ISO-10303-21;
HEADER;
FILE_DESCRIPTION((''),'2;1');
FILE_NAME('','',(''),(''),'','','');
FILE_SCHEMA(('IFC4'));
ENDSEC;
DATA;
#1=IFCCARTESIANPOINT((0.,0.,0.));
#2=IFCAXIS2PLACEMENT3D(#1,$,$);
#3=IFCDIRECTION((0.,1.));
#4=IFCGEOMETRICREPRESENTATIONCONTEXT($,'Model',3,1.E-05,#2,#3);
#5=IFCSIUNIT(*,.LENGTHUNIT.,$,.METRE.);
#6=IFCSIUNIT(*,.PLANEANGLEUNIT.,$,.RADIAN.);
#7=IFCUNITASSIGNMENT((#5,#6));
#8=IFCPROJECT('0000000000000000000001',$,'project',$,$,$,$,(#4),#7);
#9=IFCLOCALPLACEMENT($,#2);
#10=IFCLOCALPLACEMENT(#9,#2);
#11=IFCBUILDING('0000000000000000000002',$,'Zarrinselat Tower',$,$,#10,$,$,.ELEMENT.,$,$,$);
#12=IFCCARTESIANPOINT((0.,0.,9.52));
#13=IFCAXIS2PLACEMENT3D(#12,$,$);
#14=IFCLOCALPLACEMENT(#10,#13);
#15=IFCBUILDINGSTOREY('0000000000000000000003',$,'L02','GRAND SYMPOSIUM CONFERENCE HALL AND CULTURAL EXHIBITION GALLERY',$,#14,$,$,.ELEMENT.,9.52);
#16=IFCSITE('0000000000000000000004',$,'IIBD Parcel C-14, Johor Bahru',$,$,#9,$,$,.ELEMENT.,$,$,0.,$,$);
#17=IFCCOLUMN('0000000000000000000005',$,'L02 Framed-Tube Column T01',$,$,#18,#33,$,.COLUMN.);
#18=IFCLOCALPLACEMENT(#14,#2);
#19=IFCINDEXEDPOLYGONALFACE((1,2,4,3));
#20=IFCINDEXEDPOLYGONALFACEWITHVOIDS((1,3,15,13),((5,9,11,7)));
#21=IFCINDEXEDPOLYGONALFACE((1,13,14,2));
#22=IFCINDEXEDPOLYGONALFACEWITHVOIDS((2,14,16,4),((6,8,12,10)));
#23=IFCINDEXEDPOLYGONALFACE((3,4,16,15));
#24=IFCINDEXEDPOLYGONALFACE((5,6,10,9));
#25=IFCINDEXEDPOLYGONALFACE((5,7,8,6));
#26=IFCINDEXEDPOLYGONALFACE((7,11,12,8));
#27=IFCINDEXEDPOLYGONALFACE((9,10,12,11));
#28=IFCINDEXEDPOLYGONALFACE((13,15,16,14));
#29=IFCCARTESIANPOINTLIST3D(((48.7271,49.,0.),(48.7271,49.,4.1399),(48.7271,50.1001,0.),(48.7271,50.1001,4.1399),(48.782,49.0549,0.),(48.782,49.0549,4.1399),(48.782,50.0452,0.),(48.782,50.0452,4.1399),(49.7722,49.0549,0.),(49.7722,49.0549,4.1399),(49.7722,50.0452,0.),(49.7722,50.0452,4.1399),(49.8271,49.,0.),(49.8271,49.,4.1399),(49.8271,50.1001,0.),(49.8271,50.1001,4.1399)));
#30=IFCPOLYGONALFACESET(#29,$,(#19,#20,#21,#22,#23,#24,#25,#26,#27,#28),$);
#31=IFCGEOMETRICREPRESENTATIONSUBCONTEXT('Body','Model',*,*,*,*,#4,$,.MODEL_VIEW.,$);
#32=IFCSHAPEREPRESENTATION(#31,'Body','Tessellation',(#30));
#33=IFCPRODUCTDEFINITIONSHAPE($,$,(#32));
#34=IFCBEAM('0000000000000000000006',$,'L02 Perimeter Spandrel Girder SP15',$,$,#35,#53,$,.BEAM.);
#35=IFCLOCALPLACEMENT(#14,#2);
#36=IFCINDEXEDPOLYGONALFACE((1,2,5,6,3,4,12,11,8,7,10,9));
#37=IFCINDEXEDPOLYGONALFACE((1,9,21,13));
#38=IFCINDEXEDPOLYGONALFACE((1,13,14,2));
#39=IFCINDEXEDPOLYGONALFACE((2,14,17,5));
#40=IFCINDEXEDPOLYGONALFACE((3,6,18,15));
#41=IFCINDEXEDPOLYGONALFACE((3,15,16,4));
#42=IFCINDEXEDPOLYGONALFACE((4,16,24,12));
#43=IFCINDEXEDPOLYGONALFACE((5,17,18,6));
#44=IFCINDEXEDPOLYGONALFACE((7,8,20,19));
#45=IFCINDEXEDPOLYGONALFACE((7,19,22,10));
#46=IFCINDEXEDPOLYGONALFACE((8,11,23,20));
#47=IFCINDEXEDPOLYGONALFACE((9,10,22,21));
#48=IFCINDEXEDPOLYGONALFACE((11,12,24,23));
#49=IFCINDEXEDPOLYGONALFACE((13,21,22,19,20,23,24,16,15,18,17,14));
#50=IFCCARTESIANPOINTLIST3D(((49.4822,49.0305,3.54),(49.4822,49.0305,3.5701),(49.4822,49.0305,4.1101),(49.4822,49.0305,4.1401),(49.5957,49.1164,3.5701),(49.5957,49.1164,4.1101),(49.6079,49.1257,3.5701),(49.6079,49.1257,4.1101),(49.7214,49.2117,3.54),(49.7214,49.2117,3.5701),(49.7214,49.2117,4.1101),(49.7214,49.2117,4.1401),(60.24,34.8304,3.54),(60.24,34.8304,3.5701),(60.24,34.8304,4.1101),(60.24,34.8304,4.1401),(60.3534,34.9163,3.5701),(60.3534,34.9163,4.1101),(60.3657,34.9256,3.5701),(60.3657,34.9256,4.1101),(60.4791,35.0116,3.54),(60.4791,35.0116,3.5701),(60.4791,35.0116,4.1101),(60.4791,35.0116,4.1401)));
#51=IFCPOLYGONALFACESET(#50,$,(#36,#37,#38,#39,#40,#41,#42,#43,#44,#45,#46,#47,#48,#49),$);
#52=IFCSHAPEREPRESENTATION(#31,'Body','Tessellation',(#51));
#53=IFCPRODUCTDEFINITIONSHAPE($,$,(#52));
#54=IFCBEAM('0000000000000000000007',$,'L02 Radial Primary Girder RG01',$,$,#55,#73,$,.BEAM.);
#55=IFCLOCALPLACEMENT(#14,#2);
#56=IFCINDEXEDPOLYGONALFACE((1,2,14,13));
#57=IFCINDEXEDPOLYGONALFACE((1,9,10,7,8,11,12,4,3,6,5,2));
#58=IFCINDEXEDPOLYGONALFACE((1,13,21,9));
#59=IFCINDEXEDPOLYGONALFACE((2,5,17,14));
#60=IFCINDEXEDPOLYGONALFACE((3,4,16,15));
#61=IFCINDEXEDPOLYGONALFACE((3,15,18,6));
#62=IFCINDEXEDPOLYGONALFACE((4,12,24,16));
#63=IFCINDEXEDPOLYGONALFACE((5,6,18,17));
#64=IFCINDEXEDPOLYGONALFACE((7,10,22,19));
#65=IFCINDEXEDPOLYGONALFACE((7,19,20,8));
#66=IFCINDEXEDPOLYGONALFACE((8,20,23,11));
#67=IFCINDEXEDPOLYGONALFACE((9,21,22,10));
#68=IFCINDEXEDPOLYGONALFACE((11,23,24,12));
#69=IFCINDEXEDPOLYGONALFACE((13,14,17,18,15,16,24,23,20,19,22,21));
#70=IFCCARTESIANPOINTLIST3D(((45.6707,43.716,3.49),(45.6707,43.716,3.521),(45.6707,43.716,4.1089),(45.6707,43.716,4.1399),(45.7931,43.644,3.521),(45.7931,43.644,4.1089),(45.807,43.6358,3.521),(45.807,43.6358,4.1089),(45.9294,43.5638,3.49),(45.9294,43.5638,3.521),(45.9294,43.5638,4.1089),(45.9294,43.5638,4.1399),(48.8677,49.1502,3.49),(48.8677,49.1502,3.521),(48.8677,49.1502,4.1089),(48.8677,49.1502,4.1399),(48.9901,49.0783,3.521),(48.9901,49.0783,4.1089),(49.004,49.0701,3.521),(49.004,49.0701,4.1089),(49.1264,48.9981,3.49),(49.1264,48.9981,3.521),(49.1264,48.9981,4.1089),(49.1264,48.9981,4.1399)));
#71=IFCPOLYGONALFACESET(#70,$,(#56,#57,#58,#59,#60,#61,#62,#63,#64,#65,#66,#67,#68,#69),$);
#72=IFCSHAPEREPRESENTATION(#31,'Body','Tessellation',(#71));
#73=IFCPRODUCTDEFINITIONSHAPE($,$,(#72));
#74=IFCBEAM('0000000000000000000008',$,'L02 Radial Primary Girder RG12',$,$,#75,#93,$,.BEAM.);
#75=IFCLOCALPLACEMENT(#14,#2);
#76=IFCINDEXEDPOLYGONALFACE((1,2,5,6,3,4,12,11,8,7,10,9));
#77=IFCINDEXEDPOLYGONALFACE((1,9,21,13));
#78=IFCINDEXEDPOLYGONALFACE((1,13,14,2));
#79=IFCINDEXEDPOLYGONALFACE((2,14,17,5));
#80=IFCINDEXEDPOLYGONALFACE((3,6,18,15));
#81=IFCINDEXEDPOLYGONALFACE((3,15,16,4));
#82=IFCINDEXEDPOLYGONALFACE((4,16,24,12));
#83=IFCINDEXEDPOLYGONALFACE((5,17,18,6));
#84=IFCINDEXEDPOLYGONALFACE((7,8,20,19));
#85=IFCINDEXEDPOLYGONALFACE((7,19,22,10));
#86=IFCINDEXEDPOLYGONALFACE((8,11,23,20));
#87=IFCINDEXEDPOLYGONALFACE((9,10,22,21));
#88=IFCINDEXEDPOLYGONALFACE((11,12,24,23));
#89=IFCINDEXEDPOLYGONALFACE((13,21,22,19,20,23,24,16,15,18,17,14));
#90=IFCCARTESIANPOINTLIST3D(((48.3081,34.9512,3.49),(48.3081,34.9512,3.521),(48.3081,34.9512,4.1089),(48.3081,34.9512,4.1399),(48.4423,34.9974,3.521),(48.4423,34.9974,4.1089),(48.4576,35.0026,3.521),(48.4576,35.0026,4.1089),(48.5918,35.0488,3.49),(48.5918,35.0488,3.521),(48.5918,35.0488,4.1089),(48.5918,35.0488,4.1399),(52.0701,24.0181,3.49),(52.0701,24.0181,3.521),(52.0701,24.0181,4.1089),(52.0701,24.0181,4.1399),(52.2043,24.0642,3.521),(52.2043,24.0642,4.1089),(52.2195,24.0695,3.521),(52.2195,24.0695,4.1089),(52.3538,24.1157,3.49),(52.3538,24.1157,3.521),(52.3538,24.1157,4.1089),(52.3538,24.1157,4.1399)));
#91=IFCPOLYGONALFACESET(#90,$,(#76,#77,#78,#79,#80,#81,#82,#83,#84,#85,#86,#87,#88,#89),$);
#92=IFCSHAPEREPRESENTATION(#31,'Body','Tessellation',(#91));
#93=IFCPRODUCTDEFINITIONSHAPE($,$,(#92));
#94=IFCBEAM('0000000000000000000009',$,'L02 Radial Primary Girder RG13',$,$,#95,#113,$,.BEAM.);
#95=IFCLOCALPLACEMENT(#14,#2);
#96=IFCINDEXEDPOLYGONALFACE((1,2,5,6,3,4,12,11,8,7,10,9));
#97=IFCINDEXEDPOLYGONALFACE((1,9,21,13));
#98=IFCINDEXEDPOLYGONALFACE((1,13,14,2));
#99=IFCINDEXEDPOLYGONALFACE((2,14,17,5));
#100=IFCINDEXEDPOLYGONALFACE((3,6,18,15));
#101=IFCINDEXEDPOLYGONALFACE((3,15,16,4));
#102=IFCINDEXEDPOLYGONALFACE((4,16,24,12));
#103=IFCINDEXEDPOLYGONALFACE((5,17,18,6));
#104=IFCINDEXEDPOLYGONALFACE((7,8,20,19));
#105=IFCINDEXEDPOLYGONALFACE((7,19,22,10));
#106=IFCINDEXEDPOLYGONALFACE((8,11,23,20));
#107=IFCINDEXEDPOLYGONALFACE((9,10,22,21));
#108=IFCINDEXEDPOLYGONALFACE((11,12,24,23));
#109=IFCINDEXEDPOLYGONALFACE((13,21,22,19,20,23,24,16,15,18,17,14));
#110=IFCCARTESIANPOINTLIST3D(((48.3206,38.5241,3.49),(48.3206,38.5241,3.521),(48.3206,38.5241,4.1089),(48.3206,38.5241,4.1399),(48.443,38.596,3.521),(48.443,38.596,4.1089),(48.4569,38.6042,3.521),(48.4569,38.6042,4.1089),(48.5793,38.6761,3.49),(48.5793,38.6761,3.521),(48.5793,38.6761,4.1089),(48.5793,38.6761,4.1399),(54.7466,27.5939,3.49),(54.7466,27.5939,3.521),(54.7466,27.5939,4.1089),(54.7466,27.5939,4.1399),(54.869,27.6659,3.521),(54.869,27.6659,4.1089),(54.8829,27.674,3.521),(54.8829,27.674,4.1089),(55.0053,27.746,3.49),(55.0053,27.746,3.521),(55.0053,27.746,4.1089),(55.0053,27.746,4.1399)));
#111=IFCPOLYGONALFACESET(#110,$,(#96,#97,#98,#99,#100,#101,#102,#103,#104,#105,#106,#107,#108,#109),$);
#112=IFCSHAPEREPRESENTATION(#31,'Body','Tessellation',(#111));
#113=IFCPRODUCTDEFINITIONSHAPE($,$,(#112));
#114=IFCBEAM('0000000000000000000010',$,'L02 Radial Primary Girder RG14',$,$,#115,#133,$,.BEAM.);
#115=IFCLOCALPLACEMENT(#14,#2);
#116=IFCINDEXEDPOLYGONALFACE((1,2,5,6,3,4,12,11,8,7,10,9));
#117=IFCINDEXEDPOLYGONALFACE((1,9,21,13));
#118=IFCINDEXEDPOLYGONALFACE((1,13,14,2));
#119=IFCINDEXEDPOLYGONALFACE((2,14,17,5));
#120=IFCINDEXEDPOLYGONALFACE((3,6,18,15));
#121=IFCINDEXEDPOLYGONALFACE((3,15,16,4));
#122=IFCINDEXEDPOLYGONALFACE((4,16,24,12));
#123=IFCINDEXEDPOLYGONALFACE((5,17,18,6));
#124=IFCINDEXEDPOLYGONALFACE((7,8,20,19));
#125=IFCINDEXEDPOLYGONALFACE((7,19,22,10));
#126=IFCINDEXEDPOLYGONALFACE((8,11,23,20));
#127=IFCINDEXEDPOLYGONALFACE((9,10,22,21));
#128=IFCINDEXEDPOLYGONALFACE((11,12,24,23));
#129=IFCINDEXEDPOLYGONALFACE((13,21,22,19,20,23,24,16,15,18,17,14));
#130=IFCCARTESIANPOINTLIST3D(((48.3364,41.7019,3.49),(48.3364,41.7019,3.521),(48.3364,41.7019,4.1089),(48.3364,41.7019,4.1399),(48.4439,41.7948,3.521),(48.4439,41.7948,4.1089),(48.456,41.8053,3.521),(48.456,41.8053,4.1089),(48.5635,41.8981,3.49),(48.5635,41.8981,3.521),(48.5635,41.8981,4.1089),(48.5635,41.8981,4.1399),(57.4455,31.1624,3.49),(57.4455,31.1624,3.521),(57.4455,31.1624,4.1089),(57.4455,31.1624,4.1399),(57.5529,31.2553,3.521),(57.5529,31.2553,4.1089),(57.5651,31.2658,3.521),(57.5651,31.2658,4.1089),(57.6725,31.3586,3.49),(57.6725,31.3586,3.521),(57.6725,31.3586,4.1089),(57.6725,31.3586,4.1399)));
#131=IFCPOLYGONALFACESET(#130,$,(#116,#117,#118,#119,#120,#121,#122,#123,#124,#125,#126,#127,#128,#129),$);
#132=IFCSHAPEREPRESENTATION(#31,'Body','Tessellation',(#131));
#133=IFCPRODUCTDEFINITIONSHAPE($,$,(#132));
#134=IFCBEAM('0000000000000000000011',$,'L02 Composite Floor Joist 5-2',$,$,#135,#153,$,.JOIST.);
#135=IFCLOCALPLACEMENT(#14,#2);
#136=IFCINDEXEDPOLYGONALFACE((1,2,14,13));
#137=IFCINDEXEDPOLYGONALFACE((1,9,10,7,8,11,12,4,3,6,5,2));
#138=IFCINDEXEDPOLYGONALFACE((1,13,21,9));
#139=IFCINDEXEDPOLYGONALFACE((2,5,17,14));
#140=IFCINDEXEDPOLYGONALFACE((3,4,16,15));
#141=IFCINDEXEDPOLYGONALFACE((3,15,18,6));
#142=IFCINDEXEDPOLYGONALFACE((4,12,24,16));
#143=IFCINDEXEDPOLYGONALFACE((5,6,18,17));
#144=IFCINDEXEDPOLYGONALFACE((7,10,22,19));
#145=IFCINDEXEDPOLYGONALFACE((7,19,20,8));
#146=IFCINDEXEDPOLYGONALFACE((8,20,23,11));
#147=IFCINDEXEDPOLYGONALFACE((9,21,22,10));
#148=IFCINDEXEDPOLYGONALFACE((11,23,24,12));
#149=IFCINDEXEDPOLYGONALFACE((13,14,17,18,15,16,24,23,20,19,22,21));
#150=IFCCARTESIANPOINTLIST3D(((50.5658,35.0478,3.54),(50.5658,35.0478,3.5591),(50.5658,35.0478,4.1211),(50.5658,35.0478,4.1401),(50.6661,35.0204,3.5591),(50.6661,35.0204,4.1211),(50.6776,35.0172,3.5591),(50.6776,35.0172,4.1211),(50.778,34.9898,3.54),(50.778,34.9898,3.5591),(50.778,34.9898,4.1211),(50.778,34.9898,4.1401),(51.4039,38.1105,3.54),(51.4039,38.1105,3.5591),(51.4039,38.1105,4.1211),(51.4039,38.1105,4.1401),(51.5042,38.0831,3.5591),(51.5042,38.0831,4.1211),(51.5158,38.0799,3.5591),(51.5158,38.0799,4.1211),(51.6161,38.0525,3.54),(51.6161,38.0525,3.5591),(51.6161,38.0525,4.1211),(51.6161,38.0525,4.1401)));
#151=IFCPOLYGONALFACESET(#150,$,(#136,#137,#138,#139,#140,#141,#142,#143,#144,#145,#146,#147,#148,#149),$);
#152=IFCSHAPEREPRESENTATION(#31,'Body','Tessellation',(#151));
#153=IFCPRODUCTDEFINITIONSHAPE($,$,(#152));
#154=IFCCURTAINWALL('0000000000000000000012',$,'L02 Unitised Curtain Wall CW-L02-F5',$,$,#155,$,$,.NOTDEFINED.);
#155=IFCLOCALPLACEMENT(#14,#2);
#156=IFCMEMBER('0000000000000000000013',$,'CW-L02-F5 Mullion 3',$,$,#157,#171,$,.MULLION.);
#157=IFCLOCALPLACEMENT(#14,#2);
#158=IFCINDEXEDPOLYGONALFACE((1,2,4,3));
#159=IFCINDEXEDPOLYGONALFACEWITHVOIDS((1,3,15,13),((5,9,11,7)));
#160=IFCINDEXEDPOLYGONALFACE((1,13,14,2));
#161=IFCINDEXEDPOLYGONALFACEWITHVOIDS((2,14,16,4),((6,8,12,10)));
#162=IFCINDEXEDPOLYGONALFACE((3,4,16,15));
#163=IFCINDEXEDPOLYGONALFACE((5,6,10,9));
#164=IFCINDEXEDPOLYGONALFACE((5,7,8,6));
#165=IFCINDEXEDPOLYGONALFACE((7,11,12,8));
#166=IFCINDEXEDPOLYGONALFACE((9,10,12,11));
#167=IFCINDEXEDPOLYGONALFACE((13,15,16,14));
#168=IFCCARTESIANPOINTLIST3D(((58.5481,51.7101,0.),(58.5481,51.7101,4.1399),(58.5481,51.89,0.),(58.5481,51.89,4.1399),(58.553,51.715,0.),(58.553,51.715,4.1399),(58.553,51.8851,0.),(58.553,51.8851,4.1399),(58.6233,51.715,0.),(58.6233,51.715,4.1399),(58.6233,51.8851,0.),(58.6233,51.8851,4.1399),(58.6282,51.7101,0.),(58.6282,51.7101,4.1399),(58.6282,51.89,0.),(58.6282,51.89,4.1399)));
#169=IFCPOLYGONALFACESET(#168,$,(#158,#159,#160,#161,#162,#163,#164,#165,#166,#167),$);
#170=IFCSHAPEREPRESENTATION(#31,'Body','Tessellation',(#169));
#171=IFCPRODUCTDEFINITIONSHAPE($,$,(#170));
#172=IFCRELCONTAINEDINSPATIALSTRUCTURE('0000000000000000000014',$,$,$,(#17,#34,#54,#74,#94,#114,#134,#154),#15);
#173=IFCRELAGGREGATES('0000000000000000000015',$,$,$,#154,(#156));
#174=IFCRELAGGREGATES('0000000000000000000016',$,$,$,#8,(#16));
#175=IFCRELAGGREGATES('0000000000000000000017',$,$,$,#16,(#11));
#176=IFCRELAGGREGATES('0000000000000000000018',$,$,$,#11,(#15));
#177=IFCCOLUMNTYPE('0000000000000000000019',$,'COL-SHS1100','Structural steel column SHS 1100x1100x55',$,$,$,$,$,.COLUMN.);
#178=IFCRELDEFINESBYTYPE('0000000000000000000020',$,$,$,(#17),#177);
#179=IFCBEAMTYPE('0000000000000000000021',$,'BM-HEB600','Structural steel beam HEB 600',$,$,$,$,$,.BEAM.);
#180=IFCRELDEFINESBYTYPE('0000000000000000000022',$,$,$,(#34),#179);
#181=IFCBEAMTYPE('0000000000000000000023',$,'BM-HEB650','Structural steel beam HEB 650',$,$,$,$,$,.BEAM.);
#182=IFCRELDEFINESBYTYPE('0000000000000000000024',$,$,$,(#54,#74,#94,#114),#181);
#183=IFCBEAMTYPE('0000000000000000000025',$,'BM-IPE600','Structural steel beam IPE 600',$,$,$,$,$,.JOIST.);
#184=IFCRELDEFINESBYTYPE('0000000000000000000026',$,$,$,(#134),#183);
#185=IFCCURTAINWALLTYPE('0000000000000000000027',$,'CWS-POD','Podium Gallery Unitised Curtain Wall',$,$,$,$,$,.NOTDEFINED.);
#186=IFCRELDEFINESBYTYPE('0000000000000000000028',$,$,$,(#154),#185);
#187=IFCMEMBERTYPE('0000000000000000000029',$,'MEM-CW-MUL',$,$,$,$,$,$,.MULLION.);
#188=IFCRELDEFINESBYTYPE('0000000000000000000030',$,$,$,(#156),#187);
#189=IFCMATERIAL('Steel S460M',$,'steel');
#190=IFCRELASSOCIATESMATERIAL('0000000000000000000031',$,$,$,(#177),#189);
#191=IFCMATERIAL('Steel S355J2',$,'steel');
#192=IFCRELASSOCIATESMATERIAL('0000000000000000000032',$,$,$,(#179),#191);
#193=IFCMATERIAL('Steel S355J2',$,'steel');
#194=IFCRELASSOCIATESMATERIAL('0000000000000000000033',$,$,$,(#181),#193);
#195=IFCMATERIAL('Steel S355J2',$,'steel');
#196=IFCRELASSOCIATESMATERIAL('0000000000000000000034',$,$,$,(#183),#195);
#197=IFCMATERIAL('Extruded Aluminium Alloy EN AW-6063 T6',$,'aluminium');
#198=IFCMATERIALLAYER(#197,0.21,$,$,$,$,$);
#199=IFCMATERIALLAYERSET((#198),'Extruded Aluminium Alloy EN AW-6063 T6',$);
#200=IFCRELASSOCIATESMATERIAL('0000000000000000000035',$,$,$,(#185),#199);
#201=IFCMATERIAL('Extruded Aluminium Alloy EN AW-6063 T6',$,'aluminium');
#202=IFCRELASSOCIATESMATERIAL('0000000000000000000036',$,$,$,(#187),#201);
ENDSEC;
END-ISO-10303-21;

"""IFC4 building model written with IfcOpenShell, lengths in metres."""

from ifc_helpers import new_model, si_unit, direction, frame, origin, origin_2d, place, context, subcontext, project, spatial, hollow_rectangle, i_section, extrude, material, layer, layer_set, material_profile, profile_set, type_object, element, aggregate, save


model = new_model("IFC4")

# Units and contexts
model_context = context("Model", 3, precision=1e-05, world=origin(), true_north=direction((0.0, 1.0)))
body_context = subcontext(model_context, "Body", "Model", "MODEL_VIEW")
ifc_project = project(units=[si_unit("LENGTHUNIT", "METRE"), si_unit("PLANEANGLEUNIT", "RADIAN")], contexts=[model_context])

# Site, building, storey
site_placement = place(None, origin())
site = spatial("IfcSite", under=ifc_project, at=site_placement, Name="IIBD Parcel C-14, Johor Bahru", CompositionType="ELEMENT", RefElevation=0.0)
building_placement = place(site_placement, origin())
building = spatial("IfcBuilding", under=site, at=building_placement, Name="Zarrinselat Tower", CompositionType="ELEMENT")
storey_placement = place(building_placement, frame((0.0, 0.0, 9.52)))
storey = spatial("IfcBuildingStorey", under=building, at=storey_placement, Name="L02", Description="GRAND SYMPOSIUM CONFERENCE HALL AND CULTURAL EXHIBITION GALLERY", CompositionType="ELEMENT", Elevation=9.52)

# Column
ifc_material_1 = material(Name="Steel S460M", Category="steel")
ifc_material_profile_1 = material_profile(ifc_material_1, hollow_rectangle(XDim=1.1001, YDim=1.1001, WallThickness=0.0549, at=origin_2d()), Name="SHS 1100x1100x55")
ifc_profile_set_1 = profile_set([ifc_material_profile_1], Name="Steel S460M")
column_type = type_object("IfcColumnType", Name="COL-SHS1100", Description="Structural steel column SHS 1100x1100x55", PredefinedType="COLUMN", material=ifc_profile_set_1)
column_placement = place(storey_placement, frame((49.2771, 49.55, 0.0), z_axis=(0.0, 0.0, 1.0), x_axis=(1.0, 0.0, 0.0)))
element("IfcColumn", 1, at=column_placement, inside=storey, type_object=column_type, Name="L02 Framed-Tube Column T01", PredefinedType="COLUMN", context=body_context, shape_type="SweptSolid", body=[
    extrude(hollow_rectangle(XDim=1.1001, YDim=1.1001, WallThickness=0.0549, at=origin_2d()), origin(), (0.0, 0.0, 1.0), 4.1399),
])

# Beams
ifc_material_2 = material(Name="Steel S355J2", Category="steel")
ifc_material_profile_2 = material_profile(ifc_material_2, i_section(OverallWidth=0.3, OverallDepth=0.6001, WebThickness=0.0154, FlangeThickness=0.03, at=origin_2d()), Name="HEB 600")
ifc_profile_set_2 = profile_set([ifc_material_profile_2], Name="Steel S355J2")
beam_type_1 = type_object("IfcBeamType", Name="BM-HEB600", Description="Structural steel beam HEB 600", PredefinedType="BEAM", material=ifc_profile_set_2)
beam_1_placement = place(storey_placement, frame((49.6018, 49.1211, 3.8401), z_axis=(0.603861, -0.79709, 0.0), x_axis=(0.79709, 0.603861, 0.0)))
element("IfcBeam", 2, at=beam_1_placement, inside=storey, type_object=beam_type_1, Name="L02 Perimeter Spandrel Girder SP15", PredefinedType="BEAM", context=body_context, shape_type="SweptSolid", body=[
    extrude(i_section(OverallWidth=0.3, OverallDepth=0.6001, WebThickness=0.0154, FlangeThickness=0.03, at=origin_2d()), origin(), (0.0, 0.0, 1.0), 17.8149),
])
ifc_material_3 = material(Name="Steel S355J2", Category="steel")
ifc_material_profile_3 = material_profile(ifc_material_3, i_section(OverallWidth=0.3, OverallDepth=0.6499, WebThickness=0.0161, FlangeThickness=0.031, at=origin_2d()), Name="HEB 650")
ifc_profile_set_3 = profile_set([ifc_material_profile_3], Name="Steel S355J2")
beam_type_2 = type_object("IfcBeamType", Name="BM-HEB650", Description="Structural steel beam HEB 650", PredefinedType="BEAM", material=ifc_profile_set_3)
beam_2_placement = place(storey_placement, frame((45.8, 43.6399, 3.8149), z_axis=(0.507062, 0.861909, 0.0), x_axis=(-0.861909, 0.507062, 0.0)))
element("IfcBeam", 3, at=beam_2_placement, inside=storey, type_object=beam_type_2, Name="L02 Radial Primary Girder RG01", PredefinedType="BEAM", context=body_context, shape_type="SweptSolid", body=[
    extrude(i_section(OverallWidth=0.3, OverallDepth=0.6499, WebThickness=0.0161, FlangeThickness=0.031, at=origin_2d()), origin(), (0.0, 0.0, 1.0), 6.3049),
])
beam_3_placement = place(storey_placement, frame((48.45, 35.0, 3.8149), z_axis=(0.325367, -0.945588, 0.0), x_axis=(0.945588, 0.325367, 0.0)))
element("IfcBeam", 4, at=beam_3_placement, inside=storey, type_object=beam_type_2, Name="L02 Radial Primary Girder RG12", PredefinedType="BEAM", context=body_context, shape_type="SweptSolid", body=[
    extrude(i_section(OverallWidth=0.3, OverallDepth=0.6499, WebThickness=0.0161, FlangeThickness=0.031, at=origin_2d()), origin(), (0.0, 0.0, 1.0), 11.5623),
])
beam_4_placement = place(storey_placement, frame((48.45, 38.6001, 3.8149), z_axis=(0.506816, -0.862054, 0.0), x_axis=(0.862054, 0.506816, 0.0)))
element("IfcBeam", 5, at=beam_4_placement, inside=storey, type_object=beam_type_2, Name="L02 Radial Primary Girder RG13", PredefinedType="BEAM", context=body_context, shape_type="SweptSolid", body=[
    extrude(i_section(OverallWidth=0.3, OverallDepth=0.6499, WebThickness=0.0161, FlangeThickness=0.031, at=origin_2d()), origin(), (0.0, 0.0, 1.0), 12.6792),
])
beam_5_placement = place(storey_placement, frame((48.45, 41.8, 3.8149), z_axis=(0.653899, -0.756582, 0.0), x_axis=(0.756582, 0.653899, 0.0)))
element("IfcBeam", 6, at=beam_5_placement, inside=storey, type_object=beam_type_2, Name="L02 Radial Primary Girder RG14", PredefinedType="BEAM", context=body_context, shape_type="SweptSolid", body=[
    extrude(i_section(OverallWidth=0.3, OverallDepth=0.6499, WebThickness=0.0161, FlangeThickness=0.031, at=origin_2d()), origin(), (0.0, 0.0, 1.0), 13.9304),
])
ifc_material_4 = material(Name="Steel S355J2", Category="steel")
ifc_material_profile_4 = material_profile(ifc_material_4, i_section(OverallWidth=0.22, OverallDepth=0.6001, WebThickness=0.012, FlangeThickness=0.019, at=origin_2d()), Name="IPE 600")
ifc_profile_set_4 = profile_set([ifc_material_profile_4], Name="Steel S355J2")
beam_type_3 = type_object("IfcBeamType", Name="BM-IPE600", Description="Structural steel beam IPE 600", PredefinedType="JOIST", material=ifc_profile_set_4)
beam_6_placement = place(storey_placement, frame((50.6719, 35.0188, 3.8401), z_axis=(0.26395, 0.964536, 0.0), x_axis=(-0.964536, 0.26395, 0.0)))
element("IfcBeam", 7, at=beam_6_placement, inside=storey, type_object=beam_type_3, Name="L02 Composite Floor Joist 5-2", PredefinedType="JOIST", context=body_context, shape_type="SweptSolid", body=[
    extrude(i_section(OverallWidth=0.22, OverallDepth=0.6001, WebThickness=0.012, FlangeThickness=0.019, at=origin_2d()), origin(), (0.0, 0.0, 1.0), 3.1753),
])

# Curtain wall, member
ifc_material_5 = material(Name="Extruded Aluminium Alloy EN AW-6063 T6", Category="aluminium")
ifc_layer_1 = layer(ifc_material_5, 0.21)
ifc_layer_set_1 = layer_set([ifc_layer_1], Name="Extruded Aluminium Alloy EN AW-6063 T6")
curtain_wall_type = type_object("IfcCurtainWallType", Name="CWS-POD", Description="Podium Gallery Unitised Curtain Wall", PredefinedType="NOTDEFINED", material=ifc_layer_set_1)
curtain_wall_placement = place(storey_placement, origin())
curtain_wall = element("IfcCurtainWall", 8, at=curtain_wall_placement, inside=storey, type_object=curtain_wall_type, Name="L02 Unitised Curtain Wall CW-L02-F5", PredefinedType="NOTDEFINED")
ifc_material_6 = material(Name="Extruded Aluminium Alloy EN AW-6063 T6", Category="aluminium")
ifc_material_profile_5 = material_profile(ifc_material_6, hollow_rectangle(XDim=0.0801, YDim=0.1799, WallThickness=0.0049, at=origin_2d()), Name="RHS 180x80x5")
ifc_profile_set_5 = profile_set([ifc_material_profile_5], Name="Extruded Aluminium Alloy EN AW-6063 T6")
member_type = type_object("IfcMemberType", Name="MEM-CW-MUL", PredefinedType="MULLION", material=ifc_profile_set_5)
member_1_placement = place(storey_placement, frame((58.5881, 51.8, 0.0), z_axis=(0.0, 0.0, 1.0), x_axis=(-1.0, 0.0, 0.0)))
member_1 = element("IfcMember", 9, at=member_1_placement, type_object=member_type, Name="CW-L02-F5 Mullion 3", PredefinedType="MULLION", context=body_context, shape_type="SweptSolid", body=[
    extrude(hollow_rectangle(XDim=0.0801, YDim=0.1799, WallThickness=0.0049, at=origin_2d()), origin(), (0.0, 0.0, 1.0), 4.1399),
])
aggregate(curtain_wall, [member_1])

save(model, "model.ifc")
